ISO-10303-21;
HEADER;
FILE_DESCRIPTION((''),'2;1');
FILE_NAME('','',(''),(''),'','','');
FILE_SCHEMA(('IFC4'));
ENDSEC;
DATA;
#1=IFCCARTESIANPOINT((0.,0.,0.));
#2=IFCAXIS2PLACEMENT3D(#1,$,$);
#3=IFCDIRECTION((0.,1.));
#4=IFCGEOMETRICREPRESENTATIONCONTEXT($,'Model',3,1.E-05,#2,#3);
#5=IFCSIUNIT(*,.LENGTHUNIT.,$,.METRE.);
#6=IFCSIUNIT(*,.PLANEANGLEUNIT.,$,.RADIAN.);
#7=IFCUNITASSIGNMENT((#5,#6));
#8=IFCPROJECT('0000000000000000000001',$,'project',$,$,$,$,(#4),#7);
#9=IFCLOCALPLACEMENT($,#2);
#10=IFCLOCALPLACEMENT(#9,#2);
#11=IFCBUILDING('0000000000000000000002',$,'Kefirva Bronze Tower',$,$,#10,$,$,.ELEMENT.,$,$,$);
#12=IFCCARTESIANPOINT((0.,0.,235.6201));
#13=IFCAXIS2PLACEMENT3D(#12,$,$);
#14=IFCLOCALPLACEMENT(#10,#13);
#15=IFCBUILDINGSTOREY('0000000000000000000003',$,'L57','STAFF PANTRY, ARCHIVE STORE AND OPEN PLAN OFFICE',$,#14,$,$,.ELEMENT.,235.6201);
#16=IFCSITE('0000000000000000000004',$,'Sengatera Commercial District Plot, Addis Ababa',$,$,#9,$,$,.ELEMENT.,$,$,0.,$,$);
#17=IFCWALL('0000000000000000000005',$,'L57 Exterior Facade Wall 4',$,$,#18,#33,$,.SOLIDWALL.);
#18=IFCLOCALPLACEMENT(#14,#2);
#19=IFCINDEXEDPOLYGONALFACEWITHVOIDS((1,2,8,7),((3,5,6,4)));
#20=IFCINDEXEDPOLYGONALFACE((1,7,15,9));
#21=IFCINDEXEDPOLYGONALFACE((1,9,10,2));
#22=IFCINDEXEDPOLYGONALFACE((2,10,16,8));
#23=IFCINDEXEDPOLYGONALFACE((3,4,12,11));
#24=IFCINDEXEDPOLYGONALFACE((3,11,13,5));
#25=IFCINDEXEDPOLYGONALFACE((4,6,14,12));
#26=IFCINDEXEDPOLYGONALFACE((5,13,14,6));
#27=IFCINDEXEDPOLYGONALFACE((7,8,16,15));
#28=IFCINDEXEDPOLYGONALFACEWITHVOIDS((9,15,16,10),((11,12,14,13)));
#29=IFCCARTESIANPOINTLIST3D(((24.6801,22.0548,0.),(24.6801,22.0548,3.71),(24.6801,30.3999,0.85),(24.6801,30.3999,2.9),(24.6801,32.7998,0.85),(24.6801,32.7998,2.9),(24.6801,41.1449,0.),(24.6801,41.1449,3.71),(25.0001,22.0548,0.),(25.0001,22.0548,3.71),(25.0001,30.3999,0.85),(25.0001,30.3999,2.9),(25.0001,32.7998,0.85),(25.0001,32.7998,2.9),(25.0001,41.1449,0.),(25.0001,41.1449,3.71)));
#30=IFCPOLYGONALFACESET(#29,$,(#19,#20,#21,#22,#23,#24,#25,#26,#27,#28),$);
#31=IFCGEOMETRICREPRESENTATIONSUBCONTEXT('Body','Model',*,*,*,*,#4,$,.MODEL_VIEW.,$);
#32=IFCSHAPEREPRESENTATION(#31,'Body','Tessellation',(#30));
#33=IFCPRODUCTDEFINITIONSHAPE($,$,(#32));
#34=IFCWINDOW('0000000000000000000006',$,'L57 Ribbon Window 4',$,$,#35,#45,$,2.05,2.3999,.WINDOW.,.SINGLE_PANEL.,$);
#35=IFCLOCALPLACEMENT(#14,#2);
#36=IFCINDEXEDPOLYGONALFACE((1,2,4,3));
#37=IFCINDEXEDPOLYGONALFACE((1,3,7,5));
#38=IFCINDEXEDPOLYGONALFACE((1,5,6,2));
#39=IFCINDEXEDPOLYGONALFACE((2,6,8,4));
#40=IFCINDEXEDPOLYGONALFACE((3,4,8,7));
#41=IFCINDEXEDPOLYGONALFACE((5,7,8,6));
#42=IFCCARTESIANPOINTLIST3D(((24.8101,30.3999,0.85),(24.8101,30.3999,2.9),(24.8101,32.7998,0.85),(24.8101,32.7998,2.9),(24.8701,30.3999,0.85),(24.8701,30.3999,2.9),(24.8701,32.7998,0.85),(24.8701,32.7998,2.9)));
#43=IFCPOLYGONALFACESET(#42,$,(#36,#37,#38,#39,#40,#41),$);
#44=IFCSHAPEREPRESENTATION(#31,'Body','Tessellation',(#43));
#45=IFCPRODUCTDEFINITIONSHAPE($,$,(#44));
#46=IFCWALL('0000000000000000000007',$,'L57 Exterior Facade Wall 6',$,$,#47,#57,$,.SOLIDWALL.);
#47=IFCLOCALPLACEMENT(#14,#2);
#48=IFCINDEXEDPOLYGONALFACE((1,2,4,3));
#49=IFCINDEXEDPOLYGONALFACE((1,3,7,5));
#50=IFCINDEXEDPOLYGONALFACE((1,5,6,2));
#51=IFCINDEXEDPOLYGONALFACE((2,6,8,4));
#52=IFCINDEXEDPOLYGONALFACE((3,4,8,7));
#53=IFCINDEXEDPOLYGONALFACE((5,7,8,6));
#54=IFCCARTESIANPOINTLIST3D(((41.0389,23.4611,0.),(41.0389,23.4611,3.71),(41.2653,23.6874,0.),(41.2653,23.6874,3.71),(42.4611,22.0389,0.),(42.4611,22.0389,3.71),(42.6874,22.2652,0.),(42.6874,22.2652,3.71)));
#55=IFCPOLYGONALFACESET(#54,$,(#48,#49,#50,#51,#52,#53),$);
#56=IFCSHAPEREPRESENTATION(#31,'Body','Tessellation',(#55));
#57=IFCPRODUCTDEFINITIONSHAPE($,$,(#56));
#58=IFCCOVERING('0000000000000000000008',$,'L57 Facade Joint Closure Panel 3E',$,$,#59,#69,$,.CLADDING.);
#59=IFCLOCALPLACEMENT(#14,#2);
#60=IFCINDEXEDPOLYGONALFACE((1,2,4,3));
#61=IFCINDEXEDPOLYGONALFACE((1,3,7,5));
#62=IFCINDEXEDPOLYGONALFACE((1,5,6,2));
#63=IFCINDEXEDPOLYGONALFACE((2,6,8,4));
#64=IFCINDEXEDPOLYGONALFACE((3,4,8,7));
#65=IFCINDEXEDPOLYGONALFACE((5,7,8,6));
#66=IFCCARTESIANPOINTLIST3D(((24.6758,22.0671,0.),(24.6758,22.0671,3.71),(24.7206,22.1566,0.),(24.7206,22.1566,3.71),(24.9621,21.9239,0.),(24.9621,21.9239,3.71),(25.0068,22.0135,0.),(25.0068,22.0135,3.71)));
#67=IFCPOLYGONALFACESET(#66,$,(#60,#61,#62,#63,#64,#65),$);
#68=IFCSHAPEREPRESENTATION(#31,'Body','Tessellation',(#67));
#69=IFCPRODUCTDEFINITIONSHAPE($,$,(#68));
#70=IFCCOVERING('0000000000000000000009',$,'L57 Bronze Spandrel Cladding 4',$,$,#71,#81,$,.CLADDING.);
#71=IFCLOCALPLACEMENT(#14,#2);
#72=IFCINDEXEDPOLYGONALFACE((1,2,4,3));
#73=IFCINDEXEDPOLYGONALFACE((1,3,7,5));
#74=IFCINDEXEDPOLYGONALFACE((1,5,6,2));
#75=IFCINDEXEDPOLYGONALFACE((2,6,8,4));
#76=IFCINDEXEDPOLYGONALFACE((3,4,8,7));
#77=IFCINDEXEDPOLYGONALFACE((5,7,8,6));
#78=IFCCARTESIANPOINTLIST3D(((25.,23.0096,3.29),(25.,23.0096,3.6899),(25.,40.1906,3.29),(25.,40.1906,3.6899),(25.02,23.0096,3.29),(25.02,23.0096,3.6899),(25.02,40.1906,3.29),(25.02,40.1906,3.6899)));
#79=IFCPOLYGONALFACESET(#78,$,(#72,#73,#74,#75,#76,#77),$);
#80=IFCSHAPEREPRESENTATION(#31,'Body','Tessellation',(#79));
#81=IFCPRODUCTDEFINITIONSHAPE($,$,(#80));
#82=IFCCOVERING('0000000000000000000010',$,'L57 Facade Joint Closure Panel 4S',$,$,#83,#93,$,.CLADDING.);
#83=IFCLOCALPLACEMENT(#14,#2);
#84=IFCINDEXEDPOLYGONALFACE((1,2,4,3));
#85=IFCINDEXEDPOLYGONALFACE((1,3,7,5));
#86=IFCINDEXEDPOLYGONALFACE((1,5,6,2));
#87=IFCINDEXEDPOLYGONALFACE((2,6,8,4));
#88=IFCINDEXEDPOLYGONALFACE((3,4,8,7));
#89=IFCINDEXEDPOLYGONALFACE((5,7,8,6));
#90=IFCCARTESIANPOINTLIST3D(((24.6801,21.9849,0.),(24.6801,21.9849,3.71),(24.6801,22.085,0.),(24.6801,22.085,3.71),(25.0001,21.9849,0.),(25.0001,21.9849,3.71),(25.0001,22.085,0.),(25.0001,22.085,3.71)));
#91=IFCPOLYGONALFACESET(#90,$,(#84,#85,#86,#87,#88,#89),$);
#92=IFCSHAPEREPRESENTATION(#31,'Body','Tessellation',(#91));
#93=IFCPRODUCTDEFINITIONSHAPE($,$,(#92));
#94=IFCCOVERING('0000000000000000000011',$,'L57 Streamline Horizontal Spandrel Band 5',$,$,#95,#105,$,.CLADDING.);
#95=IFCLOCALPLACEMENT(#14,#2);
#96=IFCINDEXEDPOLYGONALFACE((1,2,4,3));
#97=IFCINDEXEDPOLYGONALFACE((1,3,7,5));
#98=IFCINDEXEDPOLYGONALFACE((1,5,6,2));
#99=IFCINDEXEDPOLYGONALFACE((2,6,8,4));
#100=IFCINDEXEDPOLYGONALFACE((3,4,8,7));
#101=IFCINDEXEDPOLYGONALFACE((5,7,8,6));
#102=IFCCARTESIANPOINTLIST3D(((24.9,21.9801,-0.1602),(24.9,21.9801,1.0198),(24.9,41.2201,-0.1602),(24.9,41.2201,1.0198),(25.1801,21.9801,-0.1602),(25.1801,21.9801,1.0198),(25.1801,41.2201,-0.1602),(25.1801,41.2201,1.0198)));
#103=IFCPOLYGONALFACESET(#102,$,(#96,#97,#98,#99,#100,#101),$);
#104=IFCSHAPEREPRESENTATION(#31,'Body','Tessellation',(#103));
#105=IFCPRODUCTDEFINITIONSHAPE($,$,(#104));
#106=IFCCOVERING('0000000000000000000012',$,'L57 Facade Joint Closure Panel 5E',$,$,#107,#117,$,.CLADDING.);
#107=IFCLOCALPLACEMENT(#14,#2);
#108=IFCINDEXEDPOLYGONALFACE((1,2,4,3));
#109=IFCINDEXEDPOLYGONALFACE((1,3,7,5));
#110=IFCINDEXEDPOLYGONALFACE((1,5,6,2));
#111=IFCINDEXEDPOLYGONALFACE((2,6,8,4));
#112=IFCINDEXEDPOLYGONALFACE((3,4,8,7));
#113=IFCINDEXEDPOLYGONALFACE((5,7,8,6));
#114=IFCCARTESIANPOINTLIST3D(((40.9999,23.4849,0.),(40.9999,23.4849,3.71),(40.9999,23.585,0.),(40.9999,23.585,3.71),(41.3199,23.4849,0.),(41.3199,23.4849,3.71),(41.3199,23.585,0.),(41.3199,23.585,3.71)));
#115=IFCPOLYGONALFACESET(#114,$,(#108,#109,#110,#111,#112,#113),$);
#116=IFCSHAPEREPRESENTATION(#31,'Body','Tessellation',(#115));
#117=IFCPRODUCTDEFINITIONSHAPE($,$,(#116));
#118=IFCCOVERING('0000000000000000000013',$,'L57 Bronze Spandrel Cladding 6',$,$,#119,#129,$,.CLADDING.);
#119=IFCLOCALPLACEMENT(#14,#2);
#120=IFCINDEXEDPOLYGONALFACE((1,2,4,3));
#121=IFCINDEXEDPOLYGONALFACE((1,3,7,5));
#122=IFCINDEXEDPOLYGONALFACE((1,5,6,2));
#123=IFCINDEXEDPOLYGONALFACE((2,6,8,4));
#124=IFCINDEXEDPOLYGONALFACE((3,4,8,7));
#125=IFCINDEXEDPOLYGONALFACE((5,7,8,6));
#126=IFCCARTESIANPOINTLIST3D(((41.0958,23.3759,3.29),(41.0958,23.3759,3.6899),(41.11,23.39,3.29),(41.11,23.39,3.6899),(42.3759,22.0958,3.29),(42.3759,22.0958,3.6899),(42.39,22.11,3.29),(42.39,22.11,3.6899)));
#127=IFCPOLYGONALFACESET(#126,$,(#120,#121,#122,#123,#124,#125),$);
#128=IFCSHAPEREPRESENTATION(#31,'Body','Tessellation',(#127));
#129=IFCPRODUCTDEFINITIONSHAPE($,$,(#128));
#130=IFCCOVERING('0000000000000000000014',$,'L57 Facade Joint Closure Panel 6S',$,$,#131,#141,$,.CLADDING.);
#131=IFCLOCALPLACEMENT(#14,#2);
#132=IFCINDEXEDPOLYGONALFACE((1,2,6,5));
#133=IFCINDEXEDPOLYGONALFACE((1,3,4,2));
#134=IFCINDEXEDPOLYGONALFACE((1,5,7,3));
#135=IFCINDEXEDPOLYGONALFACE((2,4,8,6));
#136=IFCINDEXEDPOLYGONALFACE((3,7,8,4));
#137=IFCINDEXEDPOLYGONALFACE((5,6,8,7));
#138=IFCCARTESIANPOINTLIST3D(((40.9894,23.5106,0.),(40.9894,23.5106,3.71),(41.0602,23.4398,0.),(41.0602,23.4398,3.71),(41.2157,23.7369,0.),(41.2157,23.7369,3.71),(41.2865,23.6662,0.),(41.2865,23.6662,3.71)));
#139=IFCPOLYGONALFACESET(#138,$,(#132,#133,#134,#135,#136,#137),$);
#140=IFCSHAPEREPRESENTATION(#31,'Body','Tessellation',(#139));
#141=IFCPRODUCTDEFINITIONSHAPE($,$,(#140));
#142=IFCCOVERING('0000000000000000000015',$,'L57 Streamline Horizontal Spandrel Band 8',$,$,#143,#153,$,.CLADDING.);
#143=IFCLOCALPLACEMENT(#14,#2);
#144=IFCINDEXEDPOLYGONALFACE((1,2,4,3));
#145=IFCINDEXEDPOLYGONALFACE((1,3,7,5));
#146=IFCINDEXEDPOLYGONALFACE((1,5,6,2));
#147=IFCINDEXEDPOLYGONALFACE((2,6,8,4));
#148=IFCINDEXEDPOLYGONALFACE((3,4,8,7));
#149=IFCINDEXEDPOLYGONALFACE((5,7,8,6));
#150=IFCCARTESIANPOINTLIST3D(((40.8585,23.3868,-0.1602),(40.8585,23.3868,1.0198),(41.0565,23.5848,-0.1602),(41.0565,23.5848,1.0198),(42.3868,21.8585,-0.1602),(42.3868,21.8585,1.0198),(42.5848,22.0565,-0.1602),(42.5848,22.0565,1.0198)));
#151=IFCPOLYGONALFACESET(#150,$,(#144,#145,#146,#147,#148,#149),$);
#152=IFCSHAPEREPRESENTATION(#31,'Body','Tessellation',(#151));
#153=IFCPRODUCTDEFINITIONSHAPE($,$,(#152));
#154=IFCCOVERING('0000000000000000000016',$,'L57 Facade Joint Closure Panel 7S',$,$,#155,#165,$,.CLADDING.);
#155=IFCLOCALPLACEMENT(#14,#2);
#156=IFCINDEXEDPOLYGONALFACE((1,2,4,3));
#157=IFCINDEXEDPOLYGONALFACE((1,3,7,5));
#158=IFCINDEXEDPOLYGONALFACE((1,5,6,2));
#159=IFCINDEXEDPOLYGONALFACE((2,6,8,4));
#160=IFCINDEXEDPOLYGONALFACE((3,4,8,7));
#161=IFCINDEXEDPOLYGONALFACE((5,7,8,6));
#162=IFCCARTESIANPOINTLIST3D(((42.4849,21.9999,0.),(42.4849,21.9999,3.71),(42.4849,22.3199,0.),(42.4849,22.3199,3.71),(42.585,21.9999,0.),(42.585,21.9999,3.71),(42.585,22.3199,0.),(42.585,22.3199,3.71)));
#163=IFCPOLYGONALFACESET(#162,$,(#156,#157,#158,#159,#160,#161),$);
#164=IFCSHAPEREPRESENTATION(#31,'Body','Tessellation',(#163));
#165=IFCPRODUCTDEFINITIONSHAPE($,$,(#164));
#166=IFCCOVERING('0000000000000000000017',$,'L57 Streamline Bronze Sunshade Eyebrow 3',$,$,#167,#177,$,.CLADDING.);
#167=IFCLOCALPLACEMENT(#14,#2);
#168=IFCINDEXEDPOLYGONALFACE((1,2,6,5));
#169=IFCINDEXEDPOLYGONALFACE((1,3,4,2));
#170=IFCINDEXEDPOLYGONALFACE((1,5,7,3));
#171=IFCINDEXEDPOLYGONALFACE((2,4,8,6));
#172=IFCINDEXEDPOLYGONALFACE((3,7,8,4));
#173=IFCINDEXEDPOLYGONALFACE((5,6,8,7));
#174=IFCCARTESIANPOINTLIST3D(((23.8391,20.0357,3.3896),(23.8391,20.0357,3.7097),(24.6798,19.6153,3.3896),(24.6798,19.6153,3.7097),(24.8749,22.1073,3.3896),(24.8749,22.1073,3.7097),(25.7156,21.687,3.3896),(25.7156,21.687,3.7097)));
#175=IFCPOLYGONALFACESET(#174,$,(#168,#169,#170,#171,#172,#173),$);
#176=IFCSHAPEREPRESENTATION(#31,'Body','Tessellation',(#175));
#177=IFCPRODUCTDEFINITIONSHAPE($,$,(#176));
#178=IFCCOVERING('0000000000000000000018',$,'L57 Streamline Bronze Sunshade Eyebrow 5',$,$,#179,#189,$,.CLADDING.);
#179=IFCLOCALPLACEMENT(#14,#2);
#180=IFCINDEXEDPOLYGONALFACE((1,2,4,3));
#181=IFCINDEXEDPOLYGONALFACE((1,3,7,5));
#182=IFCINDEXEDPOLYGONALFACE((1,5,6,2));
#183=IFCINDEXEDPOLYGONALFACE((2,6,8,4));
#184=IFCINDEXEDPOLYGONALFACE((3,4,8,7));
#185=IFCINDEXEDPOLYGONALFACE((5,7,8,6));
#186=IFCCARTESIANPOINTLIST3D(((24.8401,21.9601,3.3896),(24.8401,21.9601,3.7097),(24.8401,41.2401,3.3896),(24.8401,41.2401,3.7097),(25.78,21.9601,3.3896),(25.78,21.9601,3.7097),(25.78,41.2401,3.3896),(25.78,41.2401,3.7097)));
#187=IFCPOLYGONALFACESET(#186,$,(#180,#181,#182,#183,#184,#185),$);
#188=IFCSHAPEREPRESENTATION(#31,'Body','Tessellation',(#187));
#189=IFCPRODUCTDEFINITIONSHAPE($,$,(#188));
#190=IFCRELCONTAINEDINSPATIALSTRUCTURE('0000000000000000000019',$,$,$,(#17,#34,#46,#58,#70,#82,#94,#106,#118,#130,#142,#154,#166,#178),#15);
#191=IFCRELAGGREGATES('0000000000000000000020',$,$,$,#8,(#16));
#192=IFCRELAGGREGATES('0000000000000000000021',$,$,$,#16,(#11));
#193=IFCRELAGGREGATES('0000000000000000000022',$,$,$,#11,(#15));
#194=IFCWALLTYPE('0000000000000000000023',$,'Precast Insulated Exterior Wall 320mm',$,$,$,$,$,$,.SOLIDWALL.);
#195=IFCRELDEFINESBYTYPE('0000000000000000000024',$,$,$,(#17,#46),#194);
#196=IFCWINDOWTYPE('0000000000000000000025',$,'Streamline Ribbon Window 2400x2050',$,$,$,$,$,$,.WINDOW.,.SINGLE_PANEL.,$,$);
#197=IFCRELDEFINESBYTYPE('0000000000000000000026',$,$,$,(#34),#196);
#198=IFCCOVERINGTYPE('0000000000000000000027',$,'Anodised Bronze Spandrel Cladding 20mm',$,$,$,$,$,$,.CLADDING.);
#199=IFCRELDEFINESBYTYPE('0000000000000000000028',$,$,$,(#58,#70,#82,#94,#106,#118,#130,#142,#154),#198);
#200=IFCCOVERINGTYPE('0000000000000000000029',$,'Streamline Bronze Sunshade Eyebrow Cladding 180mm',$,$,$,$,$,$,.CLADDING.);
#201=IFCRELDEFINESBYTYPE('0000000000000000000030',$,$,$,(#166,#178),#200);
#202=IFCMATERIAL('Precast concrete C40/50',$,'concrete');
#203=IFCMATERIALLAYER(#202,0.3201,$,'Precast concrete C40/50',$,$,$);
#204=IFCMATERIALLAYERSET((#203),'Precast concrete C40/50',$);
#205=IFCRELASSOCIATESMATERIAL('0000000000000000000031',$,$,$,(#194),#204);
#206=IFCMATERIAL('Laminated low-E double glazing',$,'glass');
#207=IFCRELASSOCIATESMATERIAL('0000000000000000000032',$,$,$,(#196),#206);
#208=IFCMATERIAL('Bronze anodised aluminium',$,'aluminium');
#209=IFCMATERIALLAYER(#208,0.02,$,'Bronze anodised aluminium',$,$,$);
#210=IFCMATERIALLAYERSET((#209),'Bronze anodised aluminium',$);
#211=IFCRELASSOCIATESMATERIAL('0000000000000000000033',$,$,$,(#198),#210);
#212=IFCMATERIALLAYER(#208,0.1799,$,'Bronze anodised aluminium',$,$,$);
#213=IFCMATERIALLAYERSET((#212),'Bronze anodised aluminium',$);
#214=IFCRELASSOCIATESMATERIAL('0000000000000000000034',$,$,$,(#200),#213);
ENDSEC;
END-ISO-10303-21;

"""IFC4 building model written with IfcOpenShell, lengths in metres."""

from ifc_helpers import new_model, si_unit, direction, frame, frame_2d, origin, origin_2d, place, context, subcontext, project, spatial, rectangle, extrude, material, layer, layer_set, type_object, element, fill, save


model = new_model("IFC4")

# Units and contexts
model_context = context("Model", 3, precision=1e-05, world=origin(), true_north=direction((0.0, 1.0)))
body_context = subcontext(model_context, "Body", "Model", "MODEL_VIEW")
ifc_project = project(units=[si_unit("LENGTHUNIT", "METRE"), si_unit("PLANEANGLEUNIT", "RADIAN")], contexts=[model_context])

# Site, building, storey
site_placement = place(None, origin())
site = spatial("IfcSite", under=ifc_project, at=site_placement, Name="Sengatera Commercial District Plot, Addis Ababa", CompositionType="ELEMENT", RefElevation=0.0)
building_placement = place(site_placement, origin())
building = spatial("IfcBuilding", under=site, at=building_placement, Name="Kefirva Bronze Tower", CompositionType="ELEMENT")
storey_placement = place(building_placement, frame((0.0, 0.0, 235.6201)))
storey = spatial("IfcBuildingStorey", under=building, at=storey_placement, Name="L57", Description="STAFF PANTRY, ARCHIVE STORE AND OPEN PLAN OFFICE", CompositionType="ELEMENT", Elevation=235.6201)

# Wall, opening, window
ifc_material_1 = material(Name="Precast concrete C40/50", Category="concrete")
ifc_layer_1 = layer(ifc_material_1, 0.3201, Name="Precast concrete C40/50")
ifc_layer_set_1 = layer_set([ifc_layer_1], Name="Precast concrete C40/50")
wall_type = type_object("IfcWallType", Name="Precast Insulated Exterior Wall 320mm", PredefinedType="SOLIDWALL", material=ifc_layer_set_1)
wall_1_placement = place(storey_placement, frame((24.8401, 22.0549, 0.0), z_axis=(0.0, 0.0, 1.0), x_axis=(0.0, 1.0, 0.0)))
wall_1 = element("IfcWall", 1, at=wall_1_placement, inside=storey, type_object=wall_type, Name="L57 Exterior Facade Wall 4", PredefinedType="SOLIDWALL", context=body_context, shape_type="SweptSolid", body=[
    extrude(rectangle(XDim=19.0901, YDim=0.3201, at=frame_2d((9.5449, 0.0))), origin(), (0.0, 0.0, 1.0), 3.71),
])
opening_placement = place(wall_1_placement, frame((8.345, 0.0, 0.8501)))
opening = element("IfcOpeningElement", 2, at=opening_placement, cuts=wall_1, PredefinedType="OPENING", context=body_context, shape_type="SweptSolid", body=[
    extrude(rectangle(XDim=2.3999, YDim=2.05, at=frame_2d((1.2, 1.0249))), frame((0.0, 0.1699, 0.0), z_axis=(0.0, -1.0, 0.0), x_axis=(1.0, 0.0, 0.0)), (0.0, 0.0, 1.0), 0.3401),
])
ifc_material_2 = material(Name="Laminated low-E double glazing", Category="glass")
window_type = type_object("IfcWindowType", Name="Streamline Ribbon Window 2400x2050", PartitioningType="SINGLE_PANEL", PredefinedType="WINDOW", material=ifc_material_2)
window_placement = place(opening_placement, origin())
window = element("IfcWindow", 3, at=window_placement, inside=storey, type_object=window_type, Name="L57 Ribbon Window 4", OverallHeight=2.05, OverallWidth=2.3999, PartitioningType="SINGLE_PANEL", PredefinedType="WINDOW", context=body_context, shape_type="SweptSolid", body=[
    extrude(rectangle(XDim=2.3999, YDim=2.05, at=frame_2d((1.2, 1.0249))), frame((0.0, 0.03, 0.0), z_axis=(0.0, -1.0, 0.0), x_axis=(1.0, 0.0, 0.0)), (0.0, 0.0, 1.0), 0.0601),
])
fill(opening, window)

# Wall
wall_2_placement = place(storey_placement, frame((41.1521, 23.5742, 0.0), z_axis=(0.0, 0.0, 1.0), x_axis=(0.707107, -0.707107, 0.0)))
element("IfcWall", 4, at=wall_2_placement, inside=storey, type_object=wall_type, Name="L57 Exterior Facade Wall 6", PredefinedType="SOLIDWALL", context=body_context, shape_type="SweptSolid", body=[
    extrude(rectangle(XDim=2.0112, YDim=0.3201, at=frame_2d((1.0056, 0.0))), origin(), (0.0, 0.0, 1.0), 3.71),
])

# Coverings
ifc_material_3 = material(Name="Bronze anodised aluminium", Category="aluminium")
ifc_layer_2 = layer(ifc_material_3, 0.02, Name="Bronze anodised aluminium")
ifc_layer_set_2 = layer_set([ifc_layer_2], Name="Bronze anodised aluminium")
covering_type_1 = type_object("IfcCoveringType", Name="Anodised Bronze Spandrel Cladding 20mm", PredefinedType="CLADDING", material=ifc_layer_set_2)
covering_1_placement = place(storey_placement, frame((24.8413, 22.0403, 0.0), z_axis=(0.0, 0.0, 1.0), x_axis=(0.447214, 0.894427, 0.0)))
element("IfcCovering", 5, at=covering_1_placement, inside=storey, type_object=covering_type_1, Name="L57 Facade Joint Closure Panel 3E", PredefinedType="CLADDING", context=body_context, shape_type="SweptSolid", body=[
    extrude(rectangle(XDim=0.1001, YDim=0.3201, at=origin_2d()), origin(), (0.0, 0.0, 1.0), 3.71),
])
covering_2_placement = place(storey_placement, frame((25.01, 31.6001, 3.29), z_axis=(0.0, 0.0, 1.0), x_axis=(0.0, 1.0, 0.0)))
element("IfcCovering", 6, at=covering_2_placement, inside=storey, type_object=covering_type_1, Name="L57 Bronze Spandrel Cladding 4", PredefinedType="CLADDING", context=body_context, shape_type="SweptSolid", body=[
    extrude(rectangle(XDim=17.1809, YDim=0.02, at=origin_2d()), origin(), (0.0, 0.0, 1.0), 0.3999),
])
covering_3_placement = place(storey_placement, frame((24.8401, 22.0349, 0.0), z_axis=(0.0, 0.0, 1.0), x_axis=(0.0, 1.0, 0.0)))
element("IfcCovering", 7, at=covering_3_placement, inside=storey, type_object=covering_type_1, Name="L57 Facade Joint Closure Panel 4S", PredefinedType="CLADDING", context=body_context, shape_type="SweptSolid", body=[
    extrude(rectangle(XDim=0.1001, YDim=0.3201, at=origin_2d()), origin(), (0.0, 0.0, 1.0), 3.71),
])
covering_4_placement = place(storey_placement, frame((25.04, 31.6001, -0.1602), z_axis=(0.0, 0.0, 1.0), x_axis=(0.0, 1.0, 0.0)))
element("IfcCovering", 8, at=covering_4_placement, inside=storey, type_object=covering_type_1, Name="L57 Streamline Horizontal Spandrel Band 5", PredefinedType="CLADDING", context=body_context, shape_type="SweptSolid", body=[
    extrude(rectangle(XDim=19.24, YDim=0.28, at=origin_2d()), origin(), (0.0, 0.0, 1.0), 1.1799),
])
covering_5_placement = place(storey_placement, frame((41.1599, 23.5349, 0.0), z_axis=(0.0, 0.0, 1.0), x_axis=(0.0, -1.0, 0.0)))
element("IfcCovering", 9, at=covering_5_placement, inside=storey, type_object=covering_type_1, Name="L57 Facade Joint Closure Panel 5E", PredefinedType="CLADDING", context=body_context, shape_type="SweptSolid", body=[
    extrude(rectangle(XDim=0.1001, YDim=0.3201, at=origin_2d()), origin(), (0.0, 0.0, 1.0), 3.71),
])
covering_6_placement = place(storey_placement, frame((41.7429, 22.7429, 3.29), z_axis=(0.0, 0.0, 1.0), x_axis=(0.707107, -0.707107, 0.0)))
element("IfcCovering", 10, at=covering_6_placement, inside=storey, type_object=covering_type_1, Name="L57 Bronze Spandrel Cladding 6", PredefinedType="CLADDING", context=body_context, shape_type="SweptSolid", body=[
    extrude(rectangle(XDim=1.8103, YDim=0.02, at=origin_2d()), origin(), (0.0, 0.0, 1.0), 0.3999),
])
covering_7_placement = place(storey_placement, frame((41.1379, 23.5884, 0.0), z_axis=(0.0, 0.0, 1.0), x_axis=(0.707107, -0.707107, 0.0)))
element("IfcCovering", 11, at=covering_7_placement, inside=storey, type_object=covering_type_1, Name="L57 Facade Joint Closure Panel 6S", PredefinedType="CLADDING", context=body_context, shape_type="SweptSolid", body=[
    extrude(rectangle(XDim=0.1001, YDim=0.3201, at=origin_2d()), origin(), (0.0, 0.0, 1.0), 3.71),
])
covering_8_placement = place(storey_placement, frame((41.7217, 22.7217, -0.1602), z_axis=(0.0, 0.0, 1.0), x_axis=(0.707107, -0.707107, 0.0)))
element("IfcCovering", 12, at=covering_8_placement, inside=storey, type_object=covering_type_1, Name="L57 Streamline Horizontal Spandrel Band 8", PredefinedType="CLADDING", context=body_context, shape_type="SweptSolid", body=[
    extrude(rectangle(XDim=2.1614, YDim=0.28, at=origin_2d()), origin(), (0.0, 0.0, 1.0), 1.1799),
])
covering_9_placement = place(storey_placement, frame((42.5349, 22.1599, 0.0), z_axis=(0.0, 0.0, 1.0), x_axis=(1.0, 0.0, 0.0)))
element("IfcCovering", 13, at=covering_9_placement, inside=storey, type_object=covering_type_1, Name="L57 Facade Joint Closure Panel 7S", PredefinedType="CLADDING", context=body_context, shape_type="SweptSolid", body=[
    extrude(rectangle(XDim=0.1001, YDim=0.3201, at=origin_2d()), origin(), (0.0, 0.0, 1.0), 3.71),
])
ifc_layer_3 = layer(ifc_material_3, 0.1799, Name="Bronze anodised aluminium")
ifc_layer_set_3 = layer_set([ifc_layer_3], Name="Bronze anodised aluminium")
covering_type_2 = type_object("IfcCoveringType", Name="Streamline Bronze Sunshade Eyebrow Cladding 180mm", PredefinedType="CLADDING", material=ifc_layer_set_3)
covering_10_placement = place(storey_placement, frame((24.7773, 20.8613, 3.3896), z_axis=(0.0, 0.0, 1.0), x_axis=(0.447214, 0.894427, 0.0)))
element("IfcCovering", 14, at=covering_10_placement, inside=storey, type_object=covering_type_2, Name="L57 Streamline Bronze Sunshade Eyebrow 3", PredefinedType="CLADDING", context=body_context, shape_type="SweptSolid", body=[
    extrude(rectangle(XDim=2.3162, YDim=0.9399, at=origin_2d()), origin(), (0.0, 0.0, 1.0), 0.3201),
])
covering_11_placement = place(storey_placement, frame((25.3101, 31.6001, 3.3896), z_axis=(0.0, 0.0, 1.0), x_axis=(0.0, 1.0, 0.0)))
element("IfcCovering", 15, at=covering_11_placement, inside=storey, type_object=covering_type_2, Name="L57 Streamline Bronze Sunshade Eyebrow 5", PredefinedType="CLADDING", context=body_context, shape_type="SweptSolid", body=[
    extrude(rectangle(XDim=19.28, YDim=0.9399, at=origin_2d()), origin(), (0.0, 0.0, 1.0), 0.3201),
])

save(model, "model.ifc")
